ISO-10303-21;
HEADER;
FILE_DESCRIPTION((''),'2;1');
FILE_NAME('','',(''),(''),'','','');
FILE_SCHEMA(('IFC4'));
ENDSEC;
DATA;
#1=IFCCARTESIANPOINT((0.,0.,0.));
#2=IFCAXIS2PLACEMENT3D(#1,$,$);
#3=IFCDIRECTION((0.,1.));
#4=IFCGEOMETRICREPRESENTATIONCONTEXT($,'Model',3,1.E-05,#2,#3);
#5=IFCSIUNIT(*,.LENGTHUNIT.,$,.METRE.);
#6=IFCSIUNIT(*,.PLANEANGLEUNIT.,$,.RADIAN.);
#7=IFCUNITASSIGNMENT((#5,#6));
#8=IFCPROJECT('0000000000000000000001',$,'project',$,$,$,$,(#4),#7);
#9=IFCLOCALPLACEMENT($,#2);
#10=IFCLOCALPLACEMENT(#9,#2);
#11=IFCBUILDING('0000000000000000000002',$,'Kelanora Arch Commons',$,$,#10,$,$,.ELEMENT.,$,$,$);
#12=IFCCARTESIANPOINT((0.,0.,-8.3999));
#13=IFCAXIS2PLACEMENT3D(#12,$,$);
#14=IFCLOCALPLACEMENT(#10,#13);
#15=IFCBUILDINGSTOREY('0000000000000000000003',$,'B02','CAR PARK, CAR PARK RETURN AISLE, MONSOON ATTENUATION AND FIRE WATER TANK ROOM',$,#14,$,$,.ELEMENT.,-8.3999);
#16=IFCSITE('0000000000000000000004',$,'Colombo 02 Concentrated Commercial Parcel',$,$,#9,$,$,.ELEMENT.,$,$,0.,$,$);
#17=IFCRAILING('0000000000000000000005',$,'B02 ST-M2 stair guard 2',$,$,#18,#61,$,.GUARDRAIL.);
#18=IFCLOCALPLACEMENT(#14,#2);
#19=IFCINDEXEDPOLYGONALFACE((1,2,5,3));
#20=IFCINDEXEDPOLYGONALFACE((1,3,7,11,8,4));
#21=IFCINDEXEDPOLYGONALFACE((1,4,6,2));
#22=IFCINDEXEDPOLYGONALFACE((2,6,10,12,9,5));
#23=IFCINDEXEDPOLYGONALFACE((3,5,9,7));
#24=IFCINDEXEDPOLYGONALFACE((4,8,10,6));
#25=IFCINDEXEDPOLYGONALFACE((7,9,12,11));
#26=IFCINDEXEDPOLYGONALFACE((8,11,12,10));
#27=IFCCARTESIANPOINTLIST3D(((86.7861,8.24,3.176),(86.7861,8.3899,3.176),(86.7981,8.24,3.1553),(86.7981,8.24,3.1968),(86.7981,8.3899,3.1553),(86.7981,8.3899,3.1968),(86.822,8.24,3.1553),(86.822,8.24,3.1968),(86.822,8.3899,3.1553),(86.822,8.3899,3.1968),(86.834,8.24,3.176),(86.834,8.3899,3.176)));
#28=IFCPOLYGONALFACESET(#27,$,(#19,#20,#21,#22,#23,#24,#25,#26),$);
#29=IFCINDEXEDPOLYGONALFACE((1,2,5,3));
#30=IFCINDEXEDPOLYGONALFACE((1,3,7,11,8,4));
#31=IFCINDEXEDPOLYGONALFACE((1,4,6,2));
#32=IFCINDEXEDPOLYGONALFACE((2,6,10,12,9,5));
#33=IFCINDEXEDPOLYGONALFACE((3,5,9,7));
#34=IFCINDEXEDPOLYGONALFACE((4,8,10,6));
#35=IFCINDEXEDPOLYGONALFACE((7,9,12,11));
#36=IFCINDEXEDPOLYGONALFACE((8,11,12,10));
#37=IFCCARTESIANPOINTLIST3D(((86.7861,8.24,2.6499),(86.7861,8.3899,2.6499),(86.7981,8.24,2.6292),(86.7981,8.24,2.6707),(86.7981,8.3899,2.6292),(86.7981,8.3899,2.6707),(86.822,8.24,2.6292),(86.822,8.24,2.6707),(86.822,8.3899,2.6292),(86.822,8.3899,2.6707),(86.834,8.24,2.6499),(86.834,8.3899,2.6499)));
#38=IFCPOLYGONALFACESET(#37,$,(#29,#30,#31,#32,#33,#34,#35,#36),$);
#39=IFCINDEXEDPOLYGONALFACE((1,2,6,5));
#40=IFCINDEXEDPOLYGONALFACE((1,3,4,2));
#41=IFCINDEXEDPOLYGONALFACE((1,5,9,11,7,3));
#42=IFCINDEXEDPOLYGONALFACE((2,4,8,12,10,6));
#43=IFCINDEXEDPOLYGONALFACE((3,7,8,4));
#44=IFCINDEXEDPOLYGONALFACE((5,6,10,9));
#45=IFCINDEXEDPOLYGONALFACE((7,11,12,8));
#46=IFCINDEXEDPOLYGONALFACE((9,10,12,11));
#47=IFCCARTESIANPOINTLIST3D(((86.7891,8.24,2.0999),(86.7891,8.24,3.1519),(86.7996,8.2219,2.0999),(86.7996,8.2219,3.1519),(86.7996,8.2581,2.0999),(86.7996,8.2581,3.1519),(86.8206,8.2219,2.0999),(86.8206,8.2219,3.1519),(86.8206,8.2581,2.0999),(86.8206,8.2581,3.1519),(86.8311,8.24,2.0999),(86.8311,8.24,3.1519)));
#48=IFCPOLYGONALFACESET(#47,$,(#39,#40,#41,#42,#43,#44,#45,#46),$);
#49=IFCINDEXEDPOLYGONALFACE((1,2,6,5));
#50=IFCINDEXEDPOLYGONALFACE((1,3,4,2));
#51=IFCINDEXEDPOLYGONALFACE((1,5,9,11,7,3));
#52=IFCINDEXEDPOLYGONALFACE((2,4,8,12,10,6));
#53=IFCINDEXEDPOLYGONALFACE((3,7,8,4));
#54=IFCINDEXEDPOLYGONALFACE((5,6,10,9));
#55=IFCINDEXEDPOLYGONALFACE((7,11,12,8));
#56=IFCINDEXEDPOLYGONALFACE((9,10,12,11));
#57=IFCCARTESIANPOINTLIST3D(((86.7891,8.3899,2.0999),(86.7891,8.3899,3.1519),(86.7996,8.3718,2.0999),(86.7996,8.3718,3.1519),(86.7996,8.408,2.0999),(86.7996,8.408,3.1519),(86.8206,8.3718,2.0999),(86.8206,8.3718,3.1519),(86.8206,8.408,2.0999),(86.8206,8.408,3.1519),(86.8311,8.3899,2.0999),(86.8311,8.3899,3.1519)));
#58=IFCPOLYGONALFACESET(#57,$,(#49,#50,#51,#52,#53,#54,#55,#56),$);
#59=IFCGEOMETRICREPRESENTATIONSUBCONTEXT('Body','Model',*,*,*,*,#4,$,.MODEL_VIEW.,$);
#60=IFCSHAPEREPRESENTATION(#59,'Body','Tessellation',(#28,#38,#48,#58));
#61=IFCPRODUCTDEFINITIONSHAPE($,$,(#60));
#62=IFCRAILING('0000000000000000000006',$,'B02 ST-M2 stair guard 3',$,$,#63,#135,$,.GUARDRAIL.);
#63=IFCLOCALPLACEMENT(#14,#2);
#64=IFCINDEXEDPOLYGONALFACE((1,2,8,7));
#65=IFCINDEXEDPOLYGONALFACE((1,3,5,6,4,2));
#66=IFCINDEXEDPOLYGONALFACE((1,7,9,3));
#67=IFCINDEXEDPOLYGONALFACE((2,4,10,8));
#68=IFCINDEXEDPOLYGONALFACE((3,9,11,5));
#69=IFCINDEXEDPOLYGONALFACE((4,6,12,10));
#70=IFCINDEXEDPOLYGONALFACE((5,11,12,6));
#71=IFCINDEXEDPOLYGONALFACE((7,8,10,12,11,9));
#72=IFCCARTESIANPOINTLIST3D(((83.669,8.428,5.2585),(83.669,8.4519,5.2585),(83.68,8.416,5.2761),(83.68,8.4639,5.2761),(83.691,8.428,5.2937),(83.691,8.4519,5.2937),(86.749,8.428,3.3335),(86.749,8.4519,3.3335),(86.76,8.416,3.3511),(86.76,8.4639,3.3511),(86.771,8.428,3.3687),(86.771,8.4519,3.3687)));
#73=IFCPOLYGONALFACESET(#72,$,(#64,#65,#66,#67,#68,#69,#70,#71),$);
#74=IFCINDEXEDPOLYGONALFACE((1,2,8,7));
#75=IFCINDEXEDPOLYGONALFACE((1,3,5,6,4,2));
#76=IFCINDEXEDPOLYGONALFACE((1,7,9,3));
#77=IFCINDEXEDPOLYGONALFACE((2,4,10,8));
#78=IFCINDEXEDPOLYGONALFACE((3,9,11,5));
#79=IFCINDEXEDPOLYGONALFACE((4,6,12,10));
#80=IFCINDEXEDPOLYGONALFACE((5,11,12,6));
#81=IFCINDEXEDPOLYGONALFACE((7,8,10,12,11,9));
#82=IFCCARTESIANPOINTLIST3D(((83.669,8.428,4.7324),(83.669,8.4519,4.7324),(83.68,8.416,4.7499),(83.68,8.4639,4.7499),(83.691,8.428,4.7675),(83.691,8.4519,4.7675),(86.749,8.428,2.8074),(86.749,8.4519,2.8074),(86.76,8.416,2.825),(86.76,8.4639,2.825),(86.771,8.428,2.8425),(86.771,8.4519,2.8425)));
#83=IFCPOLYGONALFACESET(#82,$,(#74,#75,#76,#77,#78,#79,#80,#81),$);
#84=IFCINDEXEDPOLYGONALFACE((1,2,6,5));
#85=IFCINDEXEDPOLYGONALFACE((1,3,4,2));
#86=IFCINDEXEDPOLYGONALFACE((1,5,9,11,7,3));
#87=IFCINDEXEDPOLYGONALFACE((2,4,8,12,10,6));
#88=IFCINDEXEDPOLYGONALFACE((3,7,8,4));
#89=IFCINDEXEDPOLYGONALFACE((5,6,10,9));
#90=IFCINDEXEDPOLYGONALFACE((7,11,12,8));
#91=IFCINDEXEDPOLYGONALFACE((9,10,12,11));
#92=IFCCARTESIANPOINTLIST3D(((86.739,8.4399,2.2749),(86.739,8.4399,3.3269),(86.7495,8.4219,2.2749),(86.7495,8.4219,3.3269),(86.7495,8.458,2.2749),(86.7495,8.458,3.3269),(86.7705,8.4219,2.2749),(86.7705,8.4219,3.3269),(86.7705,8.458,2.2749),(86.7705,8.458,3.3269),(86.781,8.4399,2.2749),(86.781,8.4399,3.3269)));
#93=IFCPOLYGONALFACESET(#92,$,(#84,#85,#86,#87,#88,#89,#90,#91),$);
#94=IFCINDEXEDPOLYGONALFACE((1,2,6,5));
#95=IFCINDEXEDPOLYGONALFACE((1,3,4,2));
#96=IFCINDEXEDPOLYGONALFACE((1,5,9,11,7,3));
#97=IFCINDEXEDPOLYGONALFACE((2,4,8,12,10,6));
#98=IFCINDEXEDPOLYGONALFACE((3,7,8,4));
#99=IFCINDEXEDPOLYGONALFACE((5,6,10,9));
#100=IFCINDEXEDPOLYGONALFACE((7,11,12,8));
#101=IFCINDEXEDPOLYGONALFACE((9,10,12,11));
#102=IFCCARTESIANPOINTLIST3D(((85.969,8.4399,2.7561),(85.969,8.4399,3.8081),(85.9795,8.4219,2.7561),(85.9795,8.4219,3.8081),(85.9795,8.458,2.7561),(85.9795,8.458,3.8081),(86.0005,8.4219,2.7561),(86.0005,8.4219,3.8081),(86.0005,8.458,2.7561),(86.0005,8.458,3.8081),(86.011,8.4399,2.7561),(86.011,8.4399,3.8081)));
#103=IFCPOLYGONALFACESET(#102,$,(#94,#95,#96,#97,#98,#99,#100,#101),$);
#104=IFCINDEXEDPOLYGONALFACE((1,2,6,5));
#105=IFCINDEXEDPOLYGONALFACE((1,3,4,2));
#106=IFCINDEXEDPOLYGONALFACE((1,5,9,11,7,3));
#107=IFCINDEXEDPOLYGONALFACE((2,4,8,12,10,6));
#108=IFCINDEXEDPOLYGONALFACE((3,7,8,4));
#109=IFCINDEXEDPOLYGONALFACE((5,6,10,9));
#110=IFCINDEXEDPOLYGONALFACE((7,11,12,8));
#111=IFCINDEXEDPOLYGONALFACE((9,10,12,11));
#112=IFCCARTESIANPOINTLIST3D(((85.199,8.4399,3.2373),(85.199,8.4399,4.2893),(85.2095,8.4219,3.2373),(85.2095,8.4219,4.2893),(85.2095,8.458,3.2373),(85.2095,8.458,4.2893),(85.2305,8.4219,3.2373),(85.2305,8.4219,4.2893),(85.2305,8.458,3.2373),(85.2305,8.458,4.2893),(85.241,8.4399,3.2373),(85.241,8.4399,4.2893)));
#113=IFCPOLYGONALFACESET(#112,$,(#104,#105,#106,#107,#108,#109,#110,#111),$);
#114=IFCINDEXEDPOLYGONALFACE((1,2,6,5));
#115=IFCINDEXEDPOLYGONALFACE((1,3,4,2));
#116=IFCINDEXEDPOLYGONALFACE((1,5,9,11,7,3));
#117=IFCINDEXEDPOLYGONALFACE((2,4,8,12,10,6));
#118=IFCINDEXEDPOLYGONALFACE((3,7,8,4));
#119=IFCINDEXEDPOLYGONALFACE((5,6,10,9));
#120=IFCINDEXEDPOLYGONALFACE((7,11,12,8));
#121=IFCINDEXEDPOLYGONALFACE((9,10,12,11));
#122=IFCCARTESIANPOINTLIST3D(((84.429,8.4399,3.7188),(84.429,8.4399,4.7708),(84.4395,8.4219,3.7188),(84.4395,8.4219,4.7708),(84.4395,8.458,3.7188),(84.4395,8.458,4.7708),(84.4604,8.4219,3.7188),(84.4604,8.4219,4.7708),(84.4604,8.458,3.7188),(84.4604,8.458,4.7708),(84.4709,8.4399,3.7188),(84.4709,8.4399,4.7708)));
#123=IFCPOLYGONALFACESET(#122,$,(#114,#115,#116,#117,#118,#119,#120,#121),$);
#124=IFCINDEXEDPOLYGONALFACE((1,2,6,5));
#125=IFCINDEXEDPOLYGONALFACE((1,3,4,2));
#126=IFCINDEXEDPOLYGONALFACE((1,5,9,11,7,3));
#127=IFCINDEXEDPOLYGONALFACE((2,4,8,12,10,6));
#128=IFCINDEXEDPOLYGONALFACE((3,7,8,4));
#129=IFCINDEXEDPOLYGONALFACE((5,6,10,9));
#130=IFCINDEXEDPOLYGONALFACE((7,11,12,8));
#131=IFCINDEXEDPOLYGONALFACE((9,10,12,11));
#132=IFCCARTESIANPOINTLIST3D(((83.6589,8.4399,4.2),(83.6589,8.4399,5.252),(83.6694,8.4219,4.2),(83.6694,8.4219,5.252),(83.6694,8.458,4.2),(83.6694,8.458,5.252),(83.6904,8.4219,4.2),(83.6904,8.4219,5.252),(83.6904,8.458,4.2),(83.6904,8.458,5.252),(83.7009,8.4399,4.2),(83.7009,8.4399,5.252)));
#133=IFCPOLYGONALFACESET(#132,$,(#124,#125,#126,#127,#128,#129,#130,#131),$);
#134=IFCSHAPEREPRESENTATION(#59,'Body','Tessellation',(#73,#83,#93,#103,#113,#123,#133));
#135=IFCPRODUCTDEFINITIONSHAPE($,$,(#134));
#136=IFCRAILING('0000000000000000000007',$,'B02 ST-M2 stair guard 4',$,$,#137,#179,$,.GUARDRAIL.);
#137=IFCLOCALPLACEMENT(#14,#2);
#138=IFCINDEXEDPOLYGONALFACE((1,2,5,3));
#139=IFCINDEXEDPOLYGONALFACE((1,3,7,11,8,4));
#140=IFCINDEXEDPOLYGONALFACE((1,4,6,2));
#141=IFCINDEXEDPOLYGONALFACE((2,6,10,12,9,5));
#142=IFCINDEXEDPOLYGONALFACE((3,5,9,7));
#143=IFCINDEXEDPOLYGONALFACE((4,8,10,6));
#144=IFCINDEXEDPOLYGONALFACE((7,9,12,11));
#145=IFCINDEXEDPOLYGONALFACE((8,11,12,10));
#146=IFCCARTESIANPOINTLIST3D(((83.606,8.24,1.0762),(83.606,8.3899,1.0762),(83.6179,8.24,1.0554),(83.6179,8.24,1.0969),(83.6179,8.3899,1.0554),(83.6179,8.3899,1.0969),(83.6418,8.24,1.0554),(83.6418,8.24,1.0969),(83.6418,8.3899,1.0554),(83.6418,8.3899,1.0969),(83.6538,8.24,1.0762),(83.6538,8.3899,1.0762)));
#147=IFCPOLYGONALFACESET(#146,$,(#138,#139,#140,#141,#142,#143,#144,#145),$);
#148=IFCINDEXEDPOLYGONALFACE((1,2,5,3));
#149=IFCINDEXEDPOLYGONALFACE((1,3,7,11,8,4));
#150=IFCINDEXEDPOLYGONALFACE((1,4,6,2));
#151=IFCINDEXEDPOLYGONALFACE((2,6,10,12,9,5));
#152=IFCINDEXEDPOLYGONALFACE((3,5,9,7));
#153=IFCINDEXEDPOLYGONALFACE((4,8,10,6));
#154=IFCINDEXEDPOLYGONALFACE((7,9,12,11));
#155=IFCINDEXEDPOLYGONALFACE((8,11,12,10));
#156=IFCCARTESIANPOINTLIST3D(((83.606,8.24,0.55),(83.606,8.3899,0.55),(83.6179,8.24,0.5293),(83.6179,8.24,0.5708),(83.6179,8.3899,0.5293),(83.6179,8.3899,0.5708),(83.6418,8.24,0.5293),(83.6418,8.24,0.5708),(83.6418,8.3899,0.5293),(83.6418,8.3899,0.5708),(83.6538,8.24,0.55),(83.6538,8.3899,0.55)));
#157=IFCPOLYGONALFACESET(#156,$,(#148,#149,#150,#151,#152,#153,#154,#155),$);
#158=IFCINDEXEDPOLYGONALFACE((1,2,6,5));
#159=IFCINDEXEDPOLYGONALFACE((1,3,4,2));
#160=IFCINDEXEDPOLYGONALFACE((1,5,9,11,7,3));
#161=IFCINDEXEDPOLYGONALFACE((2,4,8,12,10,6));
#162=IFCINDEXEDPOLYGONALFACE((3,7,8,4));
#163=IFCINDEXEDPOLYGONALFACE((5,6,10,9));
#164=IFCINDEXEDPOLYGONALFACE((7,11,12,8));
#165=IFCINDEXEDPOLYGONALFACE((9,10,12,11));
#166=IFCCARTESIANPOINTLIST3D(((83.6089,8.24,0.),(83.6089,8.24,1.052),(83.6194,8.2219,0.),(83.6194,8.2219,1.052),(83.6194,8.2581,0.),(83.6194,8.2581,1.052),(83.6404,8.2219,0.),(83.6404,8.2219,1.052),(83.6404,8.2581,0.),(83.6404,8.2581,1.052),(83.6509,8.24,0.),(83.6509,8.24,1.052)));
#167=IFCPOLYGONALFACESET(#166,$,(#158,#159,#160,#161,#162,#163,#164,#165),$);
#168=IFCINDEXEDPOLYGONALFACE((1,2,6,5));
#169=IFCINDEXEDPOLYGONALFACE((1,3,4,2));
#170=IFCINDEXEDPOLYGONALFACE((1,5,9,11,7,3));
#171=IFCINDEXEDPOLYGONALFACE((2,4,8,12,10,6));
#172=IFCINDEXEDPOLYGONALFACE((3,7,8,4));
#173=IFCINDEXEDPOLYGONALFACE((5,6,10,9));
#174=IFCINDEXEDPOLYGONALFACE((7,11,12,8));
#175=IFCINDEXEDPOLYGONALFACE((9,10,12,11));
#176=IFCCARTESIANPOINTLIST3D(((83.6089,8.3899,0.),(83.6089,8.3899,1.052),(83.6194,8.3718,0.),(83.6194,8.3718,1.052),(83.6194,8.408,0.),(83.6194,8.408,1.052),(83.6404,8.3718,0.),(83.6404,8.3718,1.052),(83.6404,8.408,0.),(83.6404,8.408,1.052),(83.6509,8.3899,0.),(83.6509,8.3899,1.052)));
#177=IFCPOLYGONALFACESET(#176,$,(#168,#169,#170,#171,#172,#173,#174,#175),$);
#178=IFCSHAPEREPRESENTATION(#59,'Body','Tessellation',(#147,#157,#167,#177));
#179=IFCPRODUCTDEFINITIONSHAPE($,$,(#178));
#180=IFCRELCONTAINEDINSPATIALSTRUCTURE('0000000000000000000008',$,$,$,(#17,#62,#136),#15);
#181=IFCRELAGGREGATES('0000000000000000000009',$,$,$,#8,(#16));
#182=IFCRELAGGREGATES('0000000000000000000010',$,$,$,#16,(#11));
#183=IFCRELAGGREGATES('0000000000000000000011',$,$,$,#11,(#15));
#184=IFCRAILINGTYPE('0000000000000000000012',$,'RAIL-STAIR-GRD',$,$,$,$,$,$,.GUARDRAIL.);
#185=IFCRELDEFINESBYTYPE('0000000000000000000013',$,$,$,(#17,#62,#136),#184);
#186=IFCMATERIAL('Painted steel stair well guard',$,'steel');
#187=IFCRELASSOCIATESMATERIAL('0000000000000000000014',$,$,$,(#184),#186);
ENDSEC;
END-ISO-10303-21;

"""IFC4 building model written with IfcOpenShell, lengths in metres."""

from ifc_helpers import new_model, si_unit, direction, frame, origin, place, context, subcontext, project, spatial, polyline, outline, extrude, material, type_object, element, save


model = new_model("IFC4")

# Units and contexts
model_context = context("Model", 3, precision=1e-05, world=origin(), true_north=direction((0.0, 1.0)))
body_context = subcontext(model_context, "Body", "Model", "MODEL_VIEW")
ifc_project = project(units=[si_unit("LENGTHUNIT", "METRE"), si_unit("PLANEANGLEUNIT", "RADIAN")], contexts=[model_context])

# Site, building, storey
site_placement = place(None, origin())
site = spatial("IfcSite", under=ifc_project, at=site_placement, Name="Colombo 02 Concentrated Commercial Parcel", CompositionType="ELEMENT", RefElevation=0.0)
building_placement = place(site_placement, origin())
building = spatial("IfcBuilding", under=site, at=building_placement, Name="Kelanora Arch Commons", CompositionType="ELEMENT")
storey_placement = place(building_placement, frame((0.0, 0.0, -8.3999)))
storey = spatial("IfcBuildingStorey", under=building, at=storey_placement, Name="B02", Description="CAR PARK, CAR PARK RETURN AISLE, MONSOON ATTENUATION AND FIRE WATER TANK ROOM", CompositionType="ELEMENT", Elevation=-8.3999)

# Railings
ifc_material_1 = material(Name="Painted steel stair well guard", Category="steel")
railing_type_1 = type_object("IfcRailingType", Name="RAIL-STAIR-GRD", PredefinedType="GUARDRAIL", material=ifc_material_1)
railing_1_placement = place(storey_placement, frame((86.8101, 8.24, 2.0999)))
element("IfcRailing", 1, at=railing_1_placement, inside=storey, type_object=railing_type_1, Name="B02 ST-M2 stair guard 2", PredefinedType="GUARDRAIL", context=body_context, shape_type="SweptSolid", body=[
    extrude(outline(polyline([(0.0239, 0.0), (0.012, 0.0208), (-0.012, 0.0208), (-0.0239, 0.0), (-0.012, -0.0208), (0.012, -0.0208), (0.0239, 0.0)])), frame((0.0, 0.0, 1.0762), z_axis=(0.0, 1.0, 0.0), x_axis=(-1.0, 0.0, 0.0)), (0.0, 0.0, 1.0), 0.1499),
    extrude(outline(polyline([(0.0239, 0.0), (0.012, 0.0208), (-0.012, 0.0208), (-0.0239, 0.0), (-0.012, -0.0208), (0.012, -0.0208), (0.0239, 0.0)])), frame((0.0, 0.0, 0.55), z_axis=(0.0, 1.0, 0.0), x_axis=(-1.0, 0.0, 0.0)), (0.0, 0.0, 1.0), 0.1499),
    extrude(outline(polyline([(0.021, 0.0), (0.0105, 0.0181), (-0.0105, 0.0181), (-0.021, 0.0), (-0.0105, -0.0181), (0.0105, -0.0181), (0.021, 0.0)])), origin(), (0.0, 0.0, 1.0), 1.052),
    extrude(outline(polyline([(0.021, 0.0), (0.0105, 0.0181), (-0.0105, 0.0181), (-0.021, 0.0), (-0.0105, -0.0181), (0.0105, -0.0181), (0.021, 0.0)])), frame((0.0, 0.1499, 0.0)), (0.0, 0.0, 1.0), 1.052),
])
railing_2_placement = place(storey_placement, frame((86.76, 8.4399, 2.2749)))
element("IfcRailing", 2, at=railing_2_placement, inside=storey, type_object=railing_type_1, Name="B02 ST-M2 stair guard 3", PredefinedType="GUARDRAIL", context=body_context, shape_type="SweptSolid", body=[
    extrude(outline(polyline([(0.0239, 0.0), (0.012, 0.0208), (-0.012, 0.0208), (-0.0239, 0.0), (-0.012, -0.0208), (0.012, -0.0208), (0.0239, 0.0)])), frame((0.0, 0.0, 1.0762), z_axis=(-0.847998, 0.0, 0.529999), x_axis=(0.0, -1.0, 0.0)), (0.0, 0.0, 1.0), 3.6321),
    extrude(outline(polyline([(0.0239, 0.0), (0.012, 0.0208), (-0.012, 0.0208), (-0.0239, 0.0), (-0.012, -0.0208), (0.012, -0.0208), (0.0239, 0.0)])), frame((0.0, 0.0, 0.55), z_axis=(-0.847998, 0.0, 0.529999), x_axis=(0.0, -1.0, 0.0)), (0.0, 0.0, 1.0), 3.6321),
    extrude(outline(polyline([(0.021, 0.0), (0.0105, 0.0181), (-0.0105, 0.0181), (-0.021, 0.0), (-0.0105, -0.0181), (0.0105, -0.0181), (0.021, 0.0)])), origin(), (0.0, 0.0, 1.0), 1.052),
    extrude(outline(polyline([(0.021, 0.0), (0.0105, 0.0181), (-0.0105, 0.0181), (-0.021, 0.0), (-0.0105, -0.0181), (0.0105, -0.0181), (0.021, 0.0)])), frame((-0.77, 0.0, 0.4812)), (0.0, 0.0, 1.0), 1.052),
    extrude(outline(polyline([(0.021, 0.0), (0.0105, 0.0181), (-0.0105, 0.0181), (-0.021, 0.0), (-0.0105, -0.0181), (0.0105, -0.0181), (0.021, 0.0)])), frame((-1.54, 0.0, 0.9624)), (0.0, 0.0, 1.0), 1.052),
    extrude(outline(polyline([(0.021, 0.0), (0.0105, 0.0181), (-0.0105, 0.0181), (-0.021, 0.0), (-0.0105, -0.0181), (0.0105, -0.0181), (0.021, 0.0)])), frame((-2.3101, 0.0, 1.4438)), (0.0, 0.0, 1.0), 1.052),
    extrude(outline(polyline([(0.021, 0.0), (0.0105, 0.0181), (-0.0105, 0.0181), (-0.021, 0.0), (-0.0105, -0.0181), (0.0105, -0.0181), (0.021, 0.0)])), frame((-3.0801, 0.0, 1.925)), (0.0, 0.0, 1.0), 1.052),
])
railing_3_placement = place(storey_placement, frame((83.6299, 8.24, 0.0)))
element("IfcRailing", 3, at=railing_3_placement, inside=storey, type_object=railing_type_1, Name="B02 ST-M2 stair guard 4", PredefinedType="GUARDRAIL", context=body_context, shape_type="SweptSolid", body=[
    extrude(outline(polyline([(0.0239, 0.0), (0.012, 0.0208), (-0.012, 0.0208), (-0.0239, 0.0), (-0.012, -0.0208), (0.012, -0.0208), (0.0239, 0.0)])), frame((0.0, 0.0, 1.0762), z_axis=(0.0, 1.0, 0.0), x_axis=(-1.0, 0.0, 0.0)), (0.0, 0.0, 1.0), 0.1499),
    extrude(outline(polyline([(0.0239, 0.0), (0.012, 0.0208), (-0.012, 0.0208), (-0.0239, 0.0), (-0.012, -0.0208), (0.012, -0.0208), (0.0239, 0.0)])), frame((0.0, 0.0, 0.55), z_axis=(0.0, 1.0, 0.0), x_axis=(-1.0, 0.0, 0.0)), (0.0, 0.0, 1.0), 0.1499),
    extrude(outline(polyline([(0.021, 0.0), (0.0105, 0.0181), (-0.0105, 0.0181), (-0.021, 0.0), (-0.0105, -0.0181), (0.0105, -0.0181), (0.021, 0.0)])), origin(), (0.0, 0.0, 1.0), 1.052),
    extrude(outline(polyline([(0.021, 0.0), (0.0105, 0.0181), (-0.0105, 0.0181), (-0.021, 0.0), (-0.0105, -0.0181), (0.0105, -0.0181), (0.021, 0.0)])), frame((0.0, 0.1499, 0.0)), (0.0, 0.0, 1.0), 1.052),
])

save(model, "model.ifc")
